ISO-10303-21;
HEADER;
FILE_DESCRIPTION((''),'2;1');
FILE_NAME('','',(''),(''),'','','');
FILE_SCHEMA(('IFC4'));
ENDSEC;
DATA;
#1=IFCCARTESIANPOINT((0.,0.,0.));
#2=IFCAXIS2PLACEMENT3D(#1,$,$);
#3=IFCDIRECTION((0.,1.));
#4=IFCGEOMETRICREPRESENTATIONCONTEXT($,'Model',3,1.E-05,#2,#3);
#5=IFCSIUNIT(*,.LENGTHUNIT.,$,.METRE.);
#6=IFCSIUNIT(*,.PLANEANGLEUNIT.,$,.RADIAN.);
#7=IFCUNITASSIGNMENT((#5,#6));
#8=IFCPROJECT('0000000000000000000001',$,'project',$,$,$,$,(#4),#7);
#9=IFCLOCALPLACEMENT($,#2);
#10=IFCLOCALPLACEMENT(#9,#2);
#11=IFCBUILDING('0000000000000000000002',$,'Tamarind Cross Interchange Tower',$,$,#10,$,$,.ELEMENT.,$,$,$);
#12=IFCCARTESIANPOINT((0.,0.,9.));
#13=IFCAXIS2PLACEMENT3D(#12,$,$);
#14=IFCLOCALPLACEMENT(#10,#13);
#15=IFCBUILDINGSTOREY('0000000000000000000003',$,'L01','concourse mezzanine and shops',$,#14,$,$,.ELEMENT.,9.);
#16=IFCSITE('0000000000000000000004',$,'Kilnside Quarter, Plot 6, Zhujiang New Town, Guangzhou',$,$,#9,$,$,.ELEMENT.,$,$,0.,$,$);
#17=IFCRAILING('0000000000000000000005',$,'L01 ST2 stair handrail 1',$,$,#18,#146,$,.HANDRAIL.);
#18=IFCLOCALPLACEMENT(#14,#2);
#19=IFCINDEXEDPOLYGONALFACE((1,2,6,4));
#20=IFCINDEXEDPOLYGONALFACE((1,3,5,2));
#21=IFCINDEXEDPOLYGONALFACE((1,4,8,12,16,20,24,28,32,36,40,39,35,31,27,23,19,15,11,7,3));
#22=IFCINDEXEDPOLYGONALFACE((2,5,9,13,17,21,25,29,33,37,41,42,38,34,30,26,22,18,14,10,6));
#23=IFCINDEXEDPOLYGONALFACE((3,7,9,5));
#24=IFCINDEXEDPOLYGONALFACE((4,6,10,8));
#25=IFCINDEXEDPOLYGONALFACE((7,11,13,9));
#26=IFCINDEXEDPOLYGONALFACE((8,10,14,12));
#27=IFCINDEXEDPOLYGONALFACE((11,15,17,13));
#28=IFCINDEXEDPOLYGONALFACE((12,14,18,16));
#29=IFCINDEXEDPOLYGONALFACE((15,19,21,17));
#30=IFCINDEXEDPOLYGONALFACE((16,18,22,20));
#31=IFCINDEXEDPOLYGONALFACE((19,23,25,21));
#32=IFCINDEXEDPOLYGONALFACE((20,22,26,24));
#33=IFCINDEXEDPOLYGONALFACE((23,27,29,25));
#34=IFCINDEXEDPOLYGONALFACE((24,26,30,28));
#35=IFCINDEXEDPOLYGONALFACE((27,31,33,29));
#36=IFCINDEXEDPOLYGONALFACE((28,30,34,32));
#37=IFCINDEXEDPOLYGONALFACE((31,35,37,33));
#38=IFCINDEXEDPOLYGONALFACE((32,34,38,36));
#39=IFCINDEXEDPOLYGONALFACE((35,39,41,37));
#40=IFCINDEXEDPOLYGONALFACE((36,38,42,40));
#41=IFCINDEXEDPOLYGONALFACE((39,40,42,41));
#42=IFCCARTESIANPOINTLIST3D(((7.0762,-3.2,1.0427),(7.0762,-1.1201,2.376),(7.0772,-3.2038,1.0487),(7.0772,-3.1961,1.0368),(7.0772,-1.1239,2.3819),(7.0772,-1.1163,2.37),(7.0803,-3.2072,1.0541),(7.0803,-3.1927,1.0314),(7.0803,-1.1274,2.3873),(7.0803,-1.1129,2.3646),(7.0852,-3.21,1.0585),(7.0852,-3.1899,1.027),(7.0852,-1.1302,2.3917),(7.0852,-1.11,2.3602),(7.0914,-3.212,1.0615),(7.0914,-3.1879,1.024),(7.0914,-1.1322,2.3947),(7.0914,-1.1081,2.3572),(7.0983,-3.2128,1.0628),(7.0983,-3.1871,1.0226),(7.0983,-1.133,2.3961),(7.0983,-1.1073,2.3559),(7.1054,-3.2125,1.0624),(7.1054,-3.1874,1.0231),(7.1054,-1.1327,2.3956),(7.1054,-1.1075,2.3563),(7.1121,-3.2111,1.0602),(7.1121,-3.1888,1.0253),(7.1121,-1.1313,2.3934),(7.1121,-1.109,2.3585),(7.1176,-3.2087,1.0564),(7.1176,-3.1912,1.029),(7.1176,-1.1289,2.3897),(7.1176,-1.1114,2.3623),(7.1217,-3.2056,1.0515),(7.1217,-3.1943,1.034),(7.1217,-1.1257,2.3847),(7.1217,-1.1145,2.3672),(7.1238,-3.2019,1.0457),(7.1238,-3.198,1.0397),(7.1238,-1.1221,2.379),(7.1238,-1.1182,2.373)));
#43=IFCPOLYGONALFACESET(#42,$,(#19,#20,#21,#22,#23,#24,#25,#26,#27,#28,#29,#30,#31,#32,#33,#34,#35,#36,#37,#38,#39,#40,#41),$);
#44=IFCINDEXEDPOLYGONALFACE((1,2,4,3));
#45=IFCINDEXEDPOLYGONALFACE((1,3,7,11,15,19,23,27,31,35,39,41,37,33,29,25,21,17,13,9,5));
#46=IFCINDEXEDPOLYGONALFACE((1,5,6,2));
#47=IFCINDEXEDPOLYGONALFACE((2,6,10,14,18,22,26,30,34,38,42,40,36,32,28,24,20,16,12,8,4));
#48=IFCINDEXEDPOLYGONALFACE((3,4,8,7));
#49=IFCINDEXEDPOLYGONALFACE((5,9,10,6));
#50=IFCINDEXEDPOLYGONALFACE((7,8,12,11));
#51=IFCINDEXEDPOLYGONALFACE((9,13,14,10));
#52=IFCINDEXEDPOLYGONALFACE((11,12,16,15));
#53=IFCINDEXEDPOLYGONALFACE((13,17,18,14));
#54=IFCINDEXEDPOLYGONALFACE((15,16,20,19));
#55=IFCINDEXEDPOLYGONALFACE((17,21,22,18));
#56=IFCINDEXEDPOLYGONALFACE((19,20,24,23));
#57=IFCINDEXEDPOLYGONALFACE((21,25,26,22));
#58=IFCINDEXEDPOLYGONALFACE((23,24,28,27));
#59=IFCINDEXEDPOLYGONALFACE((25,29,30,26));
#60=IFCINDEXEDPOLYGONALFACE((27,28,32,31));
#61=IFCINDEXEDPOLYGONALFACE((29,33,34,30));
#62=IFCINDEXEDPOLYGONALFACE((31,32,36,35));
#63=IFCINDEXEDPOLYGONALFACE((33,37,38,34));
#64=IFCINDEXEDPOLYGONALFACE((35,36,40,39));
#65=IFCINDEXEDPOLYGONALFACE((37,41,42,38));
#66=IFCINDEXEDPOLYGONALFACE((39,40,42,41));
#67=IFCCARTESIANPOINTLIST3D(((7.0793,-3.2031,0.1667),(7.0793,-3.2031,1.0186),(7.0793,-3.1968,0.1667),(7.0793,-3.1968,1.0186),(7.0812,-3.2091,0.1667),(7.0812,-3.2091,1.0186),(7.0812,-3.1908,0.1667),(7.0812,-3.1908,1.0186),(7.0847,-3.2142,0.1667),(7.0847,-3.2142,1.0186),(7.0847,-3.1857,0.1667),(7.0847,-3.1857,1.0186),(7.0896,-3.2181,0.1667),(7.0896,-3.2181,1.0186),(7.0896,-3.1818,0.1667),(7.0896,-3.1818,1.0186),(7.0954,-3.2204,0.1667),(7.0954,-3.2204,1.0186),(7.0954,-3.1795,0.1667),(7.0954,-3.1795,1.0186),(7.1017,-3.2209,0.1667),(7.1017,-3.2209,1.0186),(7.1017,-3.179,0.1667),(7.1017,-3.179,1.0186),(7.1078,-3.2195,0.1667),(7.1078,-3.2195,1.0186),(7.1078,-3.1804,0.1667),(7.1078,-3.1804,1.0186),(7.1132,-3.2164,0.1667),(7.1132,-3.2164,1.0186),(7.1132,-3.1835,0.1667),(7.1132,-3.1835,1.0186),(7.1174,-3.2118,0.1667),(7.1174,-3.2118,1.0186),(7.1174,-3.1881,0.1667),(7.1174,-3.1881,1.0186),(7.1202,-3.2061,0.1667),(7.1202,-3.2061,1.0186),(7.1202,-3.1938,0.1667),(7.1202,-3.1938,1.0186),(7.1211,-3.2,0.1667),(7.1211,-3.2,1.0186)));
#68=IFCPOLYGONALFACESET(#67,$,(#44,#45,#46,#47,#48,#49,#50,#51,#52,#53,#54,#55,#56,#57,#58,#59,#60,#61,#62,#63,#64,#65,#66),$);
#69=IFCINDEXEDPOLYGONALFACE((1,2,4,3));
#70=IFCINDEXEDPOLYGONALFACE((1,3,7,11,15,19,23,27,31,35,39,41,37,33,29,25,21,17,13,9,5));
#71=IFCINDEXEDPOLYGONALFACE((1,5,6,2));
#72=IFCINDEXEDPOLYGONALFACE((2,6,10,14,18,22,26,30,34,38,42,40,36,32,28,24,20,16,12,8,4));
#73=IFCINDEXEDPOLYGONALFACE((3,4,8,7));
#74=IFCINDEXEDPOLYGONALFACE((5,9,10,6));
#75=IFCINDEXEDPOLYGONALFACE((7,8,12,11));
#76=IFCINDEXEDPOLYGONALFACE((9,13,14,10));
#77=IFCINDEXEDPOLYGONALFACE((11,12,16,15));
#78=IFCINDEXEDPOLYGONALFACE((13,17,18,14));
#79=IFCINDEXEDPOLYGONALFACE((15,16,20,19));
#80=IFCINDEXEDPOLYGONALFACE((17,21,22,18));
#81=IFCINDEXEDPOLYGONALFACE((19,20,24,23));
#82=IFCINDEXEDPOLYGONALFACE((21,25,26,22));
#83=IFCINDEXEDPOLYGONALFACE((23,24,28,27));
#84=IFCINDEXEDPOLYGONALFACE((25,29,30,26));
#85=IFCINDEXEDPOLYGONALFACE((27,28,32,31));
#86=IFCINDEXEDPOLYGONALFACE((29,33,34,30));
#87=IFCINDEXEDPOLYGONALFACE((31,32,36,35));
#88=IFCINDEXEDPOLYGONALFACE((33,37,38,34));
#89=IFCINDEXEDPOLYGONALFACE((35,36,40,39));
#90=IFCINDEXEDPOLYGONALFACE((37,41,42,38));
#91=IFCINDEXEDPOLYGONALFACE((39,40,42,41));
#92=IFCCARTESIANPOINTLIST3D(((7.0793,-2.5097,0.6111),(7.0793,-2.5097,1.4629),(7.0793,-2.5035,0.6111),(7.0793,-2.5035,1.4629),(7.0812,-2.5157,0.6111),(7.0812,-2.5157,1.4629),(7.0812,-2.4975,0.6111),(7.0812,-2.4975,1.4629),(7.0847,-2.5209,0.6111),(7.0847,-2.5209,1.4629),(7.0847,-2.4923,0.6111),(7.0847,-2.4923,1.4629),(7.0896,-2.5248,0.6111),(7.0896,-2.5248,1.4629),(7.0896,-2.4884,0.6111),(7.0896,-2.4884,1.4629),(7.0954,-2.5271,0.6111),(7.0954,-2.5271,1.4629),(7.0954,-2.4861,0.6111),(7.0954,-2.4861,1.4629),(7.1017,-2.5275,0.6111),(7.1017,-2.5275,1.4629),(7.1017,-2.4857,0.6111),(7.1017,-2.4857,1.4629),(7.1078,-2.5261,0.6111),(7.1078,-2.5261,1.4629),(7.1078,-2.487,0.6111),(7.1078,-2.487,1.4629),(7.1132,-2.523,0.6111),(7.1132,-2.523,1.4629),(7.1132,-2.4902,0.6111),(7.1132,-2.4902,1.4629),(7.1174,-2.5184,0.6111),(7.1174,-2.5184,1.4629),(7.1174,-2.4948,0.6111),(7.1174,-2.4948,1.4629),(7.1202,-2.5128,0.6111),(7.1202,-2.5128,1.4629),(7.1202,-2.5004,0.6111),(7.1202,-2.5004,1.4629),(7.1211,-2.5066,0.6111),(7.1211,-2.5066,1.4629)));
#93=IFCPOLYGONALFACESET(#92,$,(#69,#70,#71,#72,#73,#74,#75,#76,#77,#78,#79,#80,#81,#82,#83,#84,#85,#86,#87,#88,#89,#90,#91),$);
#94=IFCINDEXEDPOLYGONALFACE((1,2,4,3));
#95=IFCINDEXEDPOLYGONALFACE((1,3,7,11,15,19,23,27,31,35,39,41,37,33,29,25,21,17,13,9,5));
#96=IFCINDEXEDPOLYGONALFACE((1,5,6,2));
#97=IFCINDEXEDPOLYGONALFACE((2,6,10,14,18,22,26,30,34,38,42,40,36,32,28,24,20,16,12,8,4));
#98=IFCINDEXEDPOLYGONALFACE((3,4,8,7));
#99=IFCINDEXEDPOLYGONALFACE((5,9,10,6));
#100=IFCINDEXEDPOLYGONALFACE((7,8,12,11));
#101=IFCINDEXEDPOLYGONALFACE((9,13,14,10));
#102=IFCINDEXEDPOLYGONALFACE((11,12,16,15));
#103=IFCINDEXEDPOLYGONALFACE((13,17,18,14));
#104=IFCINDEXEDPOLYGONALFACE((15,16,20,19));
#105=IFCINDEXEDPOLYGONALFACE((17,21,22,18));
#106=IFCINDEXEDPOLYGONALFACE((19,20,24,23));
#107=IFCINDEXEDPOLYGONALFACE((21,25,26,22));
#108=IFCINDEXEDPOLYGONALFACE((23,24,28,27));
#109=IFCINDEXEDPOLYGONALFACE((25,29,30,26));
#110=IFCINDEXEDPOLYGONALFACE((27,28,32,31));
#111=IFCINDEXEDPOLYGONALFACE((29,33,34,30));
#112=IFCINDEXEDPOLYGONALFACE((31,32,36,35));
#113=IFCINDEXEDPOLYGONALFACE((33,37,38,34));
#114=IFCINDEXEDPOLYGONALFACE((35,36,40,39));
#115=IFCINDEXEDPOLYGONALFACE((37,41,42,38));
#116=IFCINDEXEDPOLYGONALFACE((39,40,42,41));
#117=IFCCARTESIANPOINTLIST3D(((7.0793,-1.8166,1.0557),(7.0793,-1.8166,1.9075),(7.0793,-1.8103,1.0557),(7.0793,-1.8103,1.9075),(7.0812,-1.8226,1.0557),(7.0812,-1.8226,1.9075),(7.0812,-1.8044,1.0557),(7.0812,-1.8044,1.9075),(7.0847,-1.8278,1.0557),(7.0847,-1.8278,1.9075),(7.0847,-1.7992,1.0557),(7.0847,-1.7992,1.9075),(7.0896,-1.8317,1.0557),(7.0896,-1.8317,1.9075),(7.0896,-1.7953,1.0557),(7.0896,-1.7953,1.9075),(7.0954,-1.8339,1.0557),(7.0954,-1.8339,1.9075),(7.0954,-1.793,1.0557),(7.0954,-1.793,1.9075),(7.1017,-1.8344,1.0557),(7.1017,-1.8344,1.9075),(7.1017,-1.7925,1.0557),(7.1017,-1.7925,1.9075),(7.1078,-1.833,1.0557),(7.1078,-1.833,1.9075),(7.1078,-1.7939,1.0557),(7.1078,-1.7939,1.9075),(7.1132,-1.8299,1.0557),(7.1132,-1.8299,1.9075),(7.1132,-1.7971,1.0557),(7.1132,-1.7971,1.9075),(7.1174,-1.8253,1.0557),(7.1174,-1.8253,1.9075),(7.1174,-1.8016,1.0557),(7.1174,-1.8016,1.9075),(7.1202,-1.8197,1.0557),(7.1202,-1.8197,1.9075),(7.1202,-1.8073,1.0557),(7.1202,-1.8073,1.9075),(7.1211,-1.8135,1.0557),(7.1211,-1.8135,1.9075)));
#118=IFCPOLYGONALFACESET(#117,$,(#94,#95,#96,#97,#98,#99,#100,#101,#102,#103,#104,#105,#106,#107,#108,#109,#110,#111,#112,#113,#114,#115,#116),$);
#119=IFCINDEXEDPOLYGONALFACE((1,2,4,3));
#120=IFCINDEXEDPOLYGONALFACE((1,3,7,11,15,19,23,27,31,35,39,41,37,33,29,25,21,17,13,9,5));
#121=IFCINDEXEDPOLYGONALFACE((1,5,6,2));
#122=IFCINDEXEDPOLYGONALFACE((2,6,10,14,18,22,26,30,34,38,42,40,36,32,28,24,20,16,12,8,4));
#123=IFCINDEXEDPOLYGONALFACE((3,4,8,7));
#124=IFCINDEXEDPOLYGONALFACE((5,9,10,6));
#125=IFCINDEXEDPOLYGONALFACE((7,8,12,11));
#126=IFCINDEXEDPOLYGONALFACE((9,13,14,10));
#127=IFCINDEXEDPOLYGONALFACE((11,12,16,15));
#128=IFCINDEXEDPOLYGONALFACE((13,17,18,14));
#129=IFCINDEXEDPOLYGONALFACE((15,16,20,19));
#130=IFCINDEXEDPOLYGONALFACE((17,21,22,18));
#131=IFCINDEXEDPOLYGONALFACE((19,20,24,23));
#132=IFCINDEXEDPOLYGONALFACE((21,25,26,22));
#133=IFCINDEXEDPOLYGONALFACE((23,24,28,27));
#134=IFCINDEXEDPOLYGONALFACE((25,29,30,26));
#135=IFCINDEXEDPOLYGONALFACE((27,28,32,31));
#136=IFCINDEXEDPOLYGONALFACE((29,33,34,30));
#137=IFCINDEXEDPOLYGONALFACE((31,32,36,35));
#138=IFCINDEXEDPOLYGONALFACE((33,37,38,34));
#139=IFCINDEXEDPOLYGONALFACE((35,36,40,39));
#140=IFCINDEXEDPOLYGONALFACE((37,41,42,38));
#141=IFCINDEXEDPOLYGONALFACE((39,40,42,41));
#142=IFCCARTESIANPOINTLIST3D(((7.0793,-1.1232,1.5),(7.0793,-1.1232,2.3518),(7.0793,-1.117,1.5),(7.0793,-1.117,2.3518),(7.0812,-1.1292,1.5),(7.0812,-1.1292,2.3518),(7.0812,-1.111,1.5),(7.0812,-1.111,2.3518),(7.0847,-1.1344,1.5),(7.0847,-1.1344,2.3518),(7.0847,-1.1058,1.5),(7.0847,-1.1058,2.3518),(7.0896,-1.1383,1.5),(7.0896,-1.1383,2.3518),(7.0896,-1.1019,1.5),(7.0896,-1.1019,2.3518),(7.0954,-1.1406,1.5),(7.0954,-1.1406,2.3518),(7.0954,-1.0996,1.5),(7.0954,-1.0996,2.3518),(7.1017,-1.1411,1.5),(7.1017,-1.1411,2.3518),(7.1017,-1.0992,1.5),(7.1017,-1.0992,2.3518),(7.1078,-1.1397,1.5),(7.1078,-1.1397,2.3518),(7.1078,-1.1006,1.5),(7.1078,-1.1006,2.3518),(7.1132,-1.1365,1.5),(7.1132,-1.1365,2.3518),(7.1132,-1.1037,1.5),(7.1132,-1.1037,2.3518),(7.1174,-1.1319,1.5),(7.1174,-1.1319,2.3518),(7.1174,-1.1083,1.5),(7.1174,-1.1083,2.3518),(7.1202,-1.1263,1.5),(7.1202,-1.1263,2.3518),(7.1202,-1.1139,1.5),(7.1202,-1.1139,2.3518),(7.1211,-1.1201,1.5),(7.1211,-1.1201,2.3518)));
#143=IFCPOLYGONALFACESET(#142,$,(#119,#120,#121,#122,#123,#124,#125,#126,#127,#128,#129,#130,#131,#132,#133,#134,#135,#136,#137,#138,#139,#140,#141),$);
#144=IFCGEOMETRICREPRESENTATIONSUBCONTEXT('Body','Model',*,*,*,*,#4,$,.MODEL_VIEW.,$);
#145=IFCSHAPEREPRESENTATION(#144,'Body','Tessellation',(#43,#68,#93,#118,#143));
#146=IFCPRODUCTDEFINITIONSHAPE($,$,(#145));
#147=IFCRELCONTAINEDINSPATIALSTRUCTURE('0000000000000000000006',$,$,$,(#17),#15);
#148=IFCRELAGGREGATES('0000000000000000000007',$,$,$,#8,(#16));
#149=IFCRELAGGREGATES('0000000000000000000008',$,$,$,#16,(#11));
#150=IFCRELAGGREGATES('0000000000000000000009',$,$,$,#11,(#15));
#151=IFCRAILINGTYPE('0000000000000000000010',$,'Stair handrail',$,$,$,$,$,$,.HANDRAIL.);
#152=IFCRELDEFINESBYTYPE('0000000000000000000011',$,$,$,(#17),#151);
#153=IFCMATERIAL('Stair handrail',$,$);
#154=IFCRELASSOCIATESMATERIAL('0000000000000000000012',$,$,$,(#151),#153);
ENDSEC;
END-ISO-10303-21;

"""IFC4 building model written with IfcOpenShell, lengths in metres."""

from ifc_helpers import new_model, si_unit, direction, frame, origin, origin_2d, place, context, subcontext, project, spatial, circle, extrude, material, type_object, element, save


model = new_model("IFC4")

# Units and contexts
model_context = context("Model", 3, precision=1e-05, world=origin(), true_north=direction((0.0, 1.0)))
body_context = subcontext(model_context, "Body", "Model", "MODEL_VIEW")
ifc_project = project(units=[si_unit("LENGTHUNIT", "METRE"), si_unit("PLANEANGLEUNIT", "RADIAN")], contexts=[model_context])

# Site, building, storey
site_placement = place(None, origin())
site = spatial("IfcSite", under=ifc_project, at=site_placement, Name="Kilnside Quarter, Plot 6, Zhujiang New Town, Guangzhou", CompositionType="ELEMENT", RefElevation=0.0)
building_placement = place(site_placement, origin())
building = spatial("IfcBuilding", under=site, at=building_placement, Name="Tamarind Cross Interchange Tower", CompositionType="ELEMENT")
storey_placement = place(building_placement, frame((0.0, 0.0, 9.0)))
storey = spatial("IfcBuildingStorey", under=building, at=storey_placement, Name="L01", Description="concourse mezzanine and shops", CompositionType="ELEMENT", Elevation=9.0)

# Railing
ifc_material_1 = material(Name="Stair handrail")
railing_type_1 = type_object("IfcRailingType", Name="Stair handrail", PredefinedType="HANDRAIL", material=ifc_material_1)
railing_1_placement = place(storey_placement, frame((7.1001, -3.2, 0.1667)))
element("IfcRailing", 1, at=railing_1_placement, inside=storey, type_object=railing_type_1, Name="L01 ST2 stair handrail 1", PredefinedType="HANDRAIL", context=body_context, shape_type="SweptSolid", body=[
    extrude(circle(Radius=0.0239, at=origin_2d()), frame((0.0, 0.0, 0.876), z_axis=(0.0, 0.841875, 0.539673), x_axis=(-1.0, 0.0, 0.0)), (0.0, 0.0, 1.0), 2.4705),
    extrude(circle(Radius=0.021, at=origin_2d()), origin(), (0.0, 0.0, 1.0), 0.8518),
    extrude(circle(Radius=0.021, at=origin_2d()), frame((0.0, 0.6934, 0.4443)), (0.0, 0.0, 1.0), 0.8518),
    extrude(circle(Radius=0.021, at=origin_2d()), frame((0.0, 1.3865, 0.8889)), (0.0, 0.0, 1.0), 0.8518),
    extrude(circle(Radius=0.021, at=origin_2d()), frame((0.0, 2.0798, 1.3333)), (0.0, 0.0, 1.0), 0.8518),
])

save(model, "model.ifc")
